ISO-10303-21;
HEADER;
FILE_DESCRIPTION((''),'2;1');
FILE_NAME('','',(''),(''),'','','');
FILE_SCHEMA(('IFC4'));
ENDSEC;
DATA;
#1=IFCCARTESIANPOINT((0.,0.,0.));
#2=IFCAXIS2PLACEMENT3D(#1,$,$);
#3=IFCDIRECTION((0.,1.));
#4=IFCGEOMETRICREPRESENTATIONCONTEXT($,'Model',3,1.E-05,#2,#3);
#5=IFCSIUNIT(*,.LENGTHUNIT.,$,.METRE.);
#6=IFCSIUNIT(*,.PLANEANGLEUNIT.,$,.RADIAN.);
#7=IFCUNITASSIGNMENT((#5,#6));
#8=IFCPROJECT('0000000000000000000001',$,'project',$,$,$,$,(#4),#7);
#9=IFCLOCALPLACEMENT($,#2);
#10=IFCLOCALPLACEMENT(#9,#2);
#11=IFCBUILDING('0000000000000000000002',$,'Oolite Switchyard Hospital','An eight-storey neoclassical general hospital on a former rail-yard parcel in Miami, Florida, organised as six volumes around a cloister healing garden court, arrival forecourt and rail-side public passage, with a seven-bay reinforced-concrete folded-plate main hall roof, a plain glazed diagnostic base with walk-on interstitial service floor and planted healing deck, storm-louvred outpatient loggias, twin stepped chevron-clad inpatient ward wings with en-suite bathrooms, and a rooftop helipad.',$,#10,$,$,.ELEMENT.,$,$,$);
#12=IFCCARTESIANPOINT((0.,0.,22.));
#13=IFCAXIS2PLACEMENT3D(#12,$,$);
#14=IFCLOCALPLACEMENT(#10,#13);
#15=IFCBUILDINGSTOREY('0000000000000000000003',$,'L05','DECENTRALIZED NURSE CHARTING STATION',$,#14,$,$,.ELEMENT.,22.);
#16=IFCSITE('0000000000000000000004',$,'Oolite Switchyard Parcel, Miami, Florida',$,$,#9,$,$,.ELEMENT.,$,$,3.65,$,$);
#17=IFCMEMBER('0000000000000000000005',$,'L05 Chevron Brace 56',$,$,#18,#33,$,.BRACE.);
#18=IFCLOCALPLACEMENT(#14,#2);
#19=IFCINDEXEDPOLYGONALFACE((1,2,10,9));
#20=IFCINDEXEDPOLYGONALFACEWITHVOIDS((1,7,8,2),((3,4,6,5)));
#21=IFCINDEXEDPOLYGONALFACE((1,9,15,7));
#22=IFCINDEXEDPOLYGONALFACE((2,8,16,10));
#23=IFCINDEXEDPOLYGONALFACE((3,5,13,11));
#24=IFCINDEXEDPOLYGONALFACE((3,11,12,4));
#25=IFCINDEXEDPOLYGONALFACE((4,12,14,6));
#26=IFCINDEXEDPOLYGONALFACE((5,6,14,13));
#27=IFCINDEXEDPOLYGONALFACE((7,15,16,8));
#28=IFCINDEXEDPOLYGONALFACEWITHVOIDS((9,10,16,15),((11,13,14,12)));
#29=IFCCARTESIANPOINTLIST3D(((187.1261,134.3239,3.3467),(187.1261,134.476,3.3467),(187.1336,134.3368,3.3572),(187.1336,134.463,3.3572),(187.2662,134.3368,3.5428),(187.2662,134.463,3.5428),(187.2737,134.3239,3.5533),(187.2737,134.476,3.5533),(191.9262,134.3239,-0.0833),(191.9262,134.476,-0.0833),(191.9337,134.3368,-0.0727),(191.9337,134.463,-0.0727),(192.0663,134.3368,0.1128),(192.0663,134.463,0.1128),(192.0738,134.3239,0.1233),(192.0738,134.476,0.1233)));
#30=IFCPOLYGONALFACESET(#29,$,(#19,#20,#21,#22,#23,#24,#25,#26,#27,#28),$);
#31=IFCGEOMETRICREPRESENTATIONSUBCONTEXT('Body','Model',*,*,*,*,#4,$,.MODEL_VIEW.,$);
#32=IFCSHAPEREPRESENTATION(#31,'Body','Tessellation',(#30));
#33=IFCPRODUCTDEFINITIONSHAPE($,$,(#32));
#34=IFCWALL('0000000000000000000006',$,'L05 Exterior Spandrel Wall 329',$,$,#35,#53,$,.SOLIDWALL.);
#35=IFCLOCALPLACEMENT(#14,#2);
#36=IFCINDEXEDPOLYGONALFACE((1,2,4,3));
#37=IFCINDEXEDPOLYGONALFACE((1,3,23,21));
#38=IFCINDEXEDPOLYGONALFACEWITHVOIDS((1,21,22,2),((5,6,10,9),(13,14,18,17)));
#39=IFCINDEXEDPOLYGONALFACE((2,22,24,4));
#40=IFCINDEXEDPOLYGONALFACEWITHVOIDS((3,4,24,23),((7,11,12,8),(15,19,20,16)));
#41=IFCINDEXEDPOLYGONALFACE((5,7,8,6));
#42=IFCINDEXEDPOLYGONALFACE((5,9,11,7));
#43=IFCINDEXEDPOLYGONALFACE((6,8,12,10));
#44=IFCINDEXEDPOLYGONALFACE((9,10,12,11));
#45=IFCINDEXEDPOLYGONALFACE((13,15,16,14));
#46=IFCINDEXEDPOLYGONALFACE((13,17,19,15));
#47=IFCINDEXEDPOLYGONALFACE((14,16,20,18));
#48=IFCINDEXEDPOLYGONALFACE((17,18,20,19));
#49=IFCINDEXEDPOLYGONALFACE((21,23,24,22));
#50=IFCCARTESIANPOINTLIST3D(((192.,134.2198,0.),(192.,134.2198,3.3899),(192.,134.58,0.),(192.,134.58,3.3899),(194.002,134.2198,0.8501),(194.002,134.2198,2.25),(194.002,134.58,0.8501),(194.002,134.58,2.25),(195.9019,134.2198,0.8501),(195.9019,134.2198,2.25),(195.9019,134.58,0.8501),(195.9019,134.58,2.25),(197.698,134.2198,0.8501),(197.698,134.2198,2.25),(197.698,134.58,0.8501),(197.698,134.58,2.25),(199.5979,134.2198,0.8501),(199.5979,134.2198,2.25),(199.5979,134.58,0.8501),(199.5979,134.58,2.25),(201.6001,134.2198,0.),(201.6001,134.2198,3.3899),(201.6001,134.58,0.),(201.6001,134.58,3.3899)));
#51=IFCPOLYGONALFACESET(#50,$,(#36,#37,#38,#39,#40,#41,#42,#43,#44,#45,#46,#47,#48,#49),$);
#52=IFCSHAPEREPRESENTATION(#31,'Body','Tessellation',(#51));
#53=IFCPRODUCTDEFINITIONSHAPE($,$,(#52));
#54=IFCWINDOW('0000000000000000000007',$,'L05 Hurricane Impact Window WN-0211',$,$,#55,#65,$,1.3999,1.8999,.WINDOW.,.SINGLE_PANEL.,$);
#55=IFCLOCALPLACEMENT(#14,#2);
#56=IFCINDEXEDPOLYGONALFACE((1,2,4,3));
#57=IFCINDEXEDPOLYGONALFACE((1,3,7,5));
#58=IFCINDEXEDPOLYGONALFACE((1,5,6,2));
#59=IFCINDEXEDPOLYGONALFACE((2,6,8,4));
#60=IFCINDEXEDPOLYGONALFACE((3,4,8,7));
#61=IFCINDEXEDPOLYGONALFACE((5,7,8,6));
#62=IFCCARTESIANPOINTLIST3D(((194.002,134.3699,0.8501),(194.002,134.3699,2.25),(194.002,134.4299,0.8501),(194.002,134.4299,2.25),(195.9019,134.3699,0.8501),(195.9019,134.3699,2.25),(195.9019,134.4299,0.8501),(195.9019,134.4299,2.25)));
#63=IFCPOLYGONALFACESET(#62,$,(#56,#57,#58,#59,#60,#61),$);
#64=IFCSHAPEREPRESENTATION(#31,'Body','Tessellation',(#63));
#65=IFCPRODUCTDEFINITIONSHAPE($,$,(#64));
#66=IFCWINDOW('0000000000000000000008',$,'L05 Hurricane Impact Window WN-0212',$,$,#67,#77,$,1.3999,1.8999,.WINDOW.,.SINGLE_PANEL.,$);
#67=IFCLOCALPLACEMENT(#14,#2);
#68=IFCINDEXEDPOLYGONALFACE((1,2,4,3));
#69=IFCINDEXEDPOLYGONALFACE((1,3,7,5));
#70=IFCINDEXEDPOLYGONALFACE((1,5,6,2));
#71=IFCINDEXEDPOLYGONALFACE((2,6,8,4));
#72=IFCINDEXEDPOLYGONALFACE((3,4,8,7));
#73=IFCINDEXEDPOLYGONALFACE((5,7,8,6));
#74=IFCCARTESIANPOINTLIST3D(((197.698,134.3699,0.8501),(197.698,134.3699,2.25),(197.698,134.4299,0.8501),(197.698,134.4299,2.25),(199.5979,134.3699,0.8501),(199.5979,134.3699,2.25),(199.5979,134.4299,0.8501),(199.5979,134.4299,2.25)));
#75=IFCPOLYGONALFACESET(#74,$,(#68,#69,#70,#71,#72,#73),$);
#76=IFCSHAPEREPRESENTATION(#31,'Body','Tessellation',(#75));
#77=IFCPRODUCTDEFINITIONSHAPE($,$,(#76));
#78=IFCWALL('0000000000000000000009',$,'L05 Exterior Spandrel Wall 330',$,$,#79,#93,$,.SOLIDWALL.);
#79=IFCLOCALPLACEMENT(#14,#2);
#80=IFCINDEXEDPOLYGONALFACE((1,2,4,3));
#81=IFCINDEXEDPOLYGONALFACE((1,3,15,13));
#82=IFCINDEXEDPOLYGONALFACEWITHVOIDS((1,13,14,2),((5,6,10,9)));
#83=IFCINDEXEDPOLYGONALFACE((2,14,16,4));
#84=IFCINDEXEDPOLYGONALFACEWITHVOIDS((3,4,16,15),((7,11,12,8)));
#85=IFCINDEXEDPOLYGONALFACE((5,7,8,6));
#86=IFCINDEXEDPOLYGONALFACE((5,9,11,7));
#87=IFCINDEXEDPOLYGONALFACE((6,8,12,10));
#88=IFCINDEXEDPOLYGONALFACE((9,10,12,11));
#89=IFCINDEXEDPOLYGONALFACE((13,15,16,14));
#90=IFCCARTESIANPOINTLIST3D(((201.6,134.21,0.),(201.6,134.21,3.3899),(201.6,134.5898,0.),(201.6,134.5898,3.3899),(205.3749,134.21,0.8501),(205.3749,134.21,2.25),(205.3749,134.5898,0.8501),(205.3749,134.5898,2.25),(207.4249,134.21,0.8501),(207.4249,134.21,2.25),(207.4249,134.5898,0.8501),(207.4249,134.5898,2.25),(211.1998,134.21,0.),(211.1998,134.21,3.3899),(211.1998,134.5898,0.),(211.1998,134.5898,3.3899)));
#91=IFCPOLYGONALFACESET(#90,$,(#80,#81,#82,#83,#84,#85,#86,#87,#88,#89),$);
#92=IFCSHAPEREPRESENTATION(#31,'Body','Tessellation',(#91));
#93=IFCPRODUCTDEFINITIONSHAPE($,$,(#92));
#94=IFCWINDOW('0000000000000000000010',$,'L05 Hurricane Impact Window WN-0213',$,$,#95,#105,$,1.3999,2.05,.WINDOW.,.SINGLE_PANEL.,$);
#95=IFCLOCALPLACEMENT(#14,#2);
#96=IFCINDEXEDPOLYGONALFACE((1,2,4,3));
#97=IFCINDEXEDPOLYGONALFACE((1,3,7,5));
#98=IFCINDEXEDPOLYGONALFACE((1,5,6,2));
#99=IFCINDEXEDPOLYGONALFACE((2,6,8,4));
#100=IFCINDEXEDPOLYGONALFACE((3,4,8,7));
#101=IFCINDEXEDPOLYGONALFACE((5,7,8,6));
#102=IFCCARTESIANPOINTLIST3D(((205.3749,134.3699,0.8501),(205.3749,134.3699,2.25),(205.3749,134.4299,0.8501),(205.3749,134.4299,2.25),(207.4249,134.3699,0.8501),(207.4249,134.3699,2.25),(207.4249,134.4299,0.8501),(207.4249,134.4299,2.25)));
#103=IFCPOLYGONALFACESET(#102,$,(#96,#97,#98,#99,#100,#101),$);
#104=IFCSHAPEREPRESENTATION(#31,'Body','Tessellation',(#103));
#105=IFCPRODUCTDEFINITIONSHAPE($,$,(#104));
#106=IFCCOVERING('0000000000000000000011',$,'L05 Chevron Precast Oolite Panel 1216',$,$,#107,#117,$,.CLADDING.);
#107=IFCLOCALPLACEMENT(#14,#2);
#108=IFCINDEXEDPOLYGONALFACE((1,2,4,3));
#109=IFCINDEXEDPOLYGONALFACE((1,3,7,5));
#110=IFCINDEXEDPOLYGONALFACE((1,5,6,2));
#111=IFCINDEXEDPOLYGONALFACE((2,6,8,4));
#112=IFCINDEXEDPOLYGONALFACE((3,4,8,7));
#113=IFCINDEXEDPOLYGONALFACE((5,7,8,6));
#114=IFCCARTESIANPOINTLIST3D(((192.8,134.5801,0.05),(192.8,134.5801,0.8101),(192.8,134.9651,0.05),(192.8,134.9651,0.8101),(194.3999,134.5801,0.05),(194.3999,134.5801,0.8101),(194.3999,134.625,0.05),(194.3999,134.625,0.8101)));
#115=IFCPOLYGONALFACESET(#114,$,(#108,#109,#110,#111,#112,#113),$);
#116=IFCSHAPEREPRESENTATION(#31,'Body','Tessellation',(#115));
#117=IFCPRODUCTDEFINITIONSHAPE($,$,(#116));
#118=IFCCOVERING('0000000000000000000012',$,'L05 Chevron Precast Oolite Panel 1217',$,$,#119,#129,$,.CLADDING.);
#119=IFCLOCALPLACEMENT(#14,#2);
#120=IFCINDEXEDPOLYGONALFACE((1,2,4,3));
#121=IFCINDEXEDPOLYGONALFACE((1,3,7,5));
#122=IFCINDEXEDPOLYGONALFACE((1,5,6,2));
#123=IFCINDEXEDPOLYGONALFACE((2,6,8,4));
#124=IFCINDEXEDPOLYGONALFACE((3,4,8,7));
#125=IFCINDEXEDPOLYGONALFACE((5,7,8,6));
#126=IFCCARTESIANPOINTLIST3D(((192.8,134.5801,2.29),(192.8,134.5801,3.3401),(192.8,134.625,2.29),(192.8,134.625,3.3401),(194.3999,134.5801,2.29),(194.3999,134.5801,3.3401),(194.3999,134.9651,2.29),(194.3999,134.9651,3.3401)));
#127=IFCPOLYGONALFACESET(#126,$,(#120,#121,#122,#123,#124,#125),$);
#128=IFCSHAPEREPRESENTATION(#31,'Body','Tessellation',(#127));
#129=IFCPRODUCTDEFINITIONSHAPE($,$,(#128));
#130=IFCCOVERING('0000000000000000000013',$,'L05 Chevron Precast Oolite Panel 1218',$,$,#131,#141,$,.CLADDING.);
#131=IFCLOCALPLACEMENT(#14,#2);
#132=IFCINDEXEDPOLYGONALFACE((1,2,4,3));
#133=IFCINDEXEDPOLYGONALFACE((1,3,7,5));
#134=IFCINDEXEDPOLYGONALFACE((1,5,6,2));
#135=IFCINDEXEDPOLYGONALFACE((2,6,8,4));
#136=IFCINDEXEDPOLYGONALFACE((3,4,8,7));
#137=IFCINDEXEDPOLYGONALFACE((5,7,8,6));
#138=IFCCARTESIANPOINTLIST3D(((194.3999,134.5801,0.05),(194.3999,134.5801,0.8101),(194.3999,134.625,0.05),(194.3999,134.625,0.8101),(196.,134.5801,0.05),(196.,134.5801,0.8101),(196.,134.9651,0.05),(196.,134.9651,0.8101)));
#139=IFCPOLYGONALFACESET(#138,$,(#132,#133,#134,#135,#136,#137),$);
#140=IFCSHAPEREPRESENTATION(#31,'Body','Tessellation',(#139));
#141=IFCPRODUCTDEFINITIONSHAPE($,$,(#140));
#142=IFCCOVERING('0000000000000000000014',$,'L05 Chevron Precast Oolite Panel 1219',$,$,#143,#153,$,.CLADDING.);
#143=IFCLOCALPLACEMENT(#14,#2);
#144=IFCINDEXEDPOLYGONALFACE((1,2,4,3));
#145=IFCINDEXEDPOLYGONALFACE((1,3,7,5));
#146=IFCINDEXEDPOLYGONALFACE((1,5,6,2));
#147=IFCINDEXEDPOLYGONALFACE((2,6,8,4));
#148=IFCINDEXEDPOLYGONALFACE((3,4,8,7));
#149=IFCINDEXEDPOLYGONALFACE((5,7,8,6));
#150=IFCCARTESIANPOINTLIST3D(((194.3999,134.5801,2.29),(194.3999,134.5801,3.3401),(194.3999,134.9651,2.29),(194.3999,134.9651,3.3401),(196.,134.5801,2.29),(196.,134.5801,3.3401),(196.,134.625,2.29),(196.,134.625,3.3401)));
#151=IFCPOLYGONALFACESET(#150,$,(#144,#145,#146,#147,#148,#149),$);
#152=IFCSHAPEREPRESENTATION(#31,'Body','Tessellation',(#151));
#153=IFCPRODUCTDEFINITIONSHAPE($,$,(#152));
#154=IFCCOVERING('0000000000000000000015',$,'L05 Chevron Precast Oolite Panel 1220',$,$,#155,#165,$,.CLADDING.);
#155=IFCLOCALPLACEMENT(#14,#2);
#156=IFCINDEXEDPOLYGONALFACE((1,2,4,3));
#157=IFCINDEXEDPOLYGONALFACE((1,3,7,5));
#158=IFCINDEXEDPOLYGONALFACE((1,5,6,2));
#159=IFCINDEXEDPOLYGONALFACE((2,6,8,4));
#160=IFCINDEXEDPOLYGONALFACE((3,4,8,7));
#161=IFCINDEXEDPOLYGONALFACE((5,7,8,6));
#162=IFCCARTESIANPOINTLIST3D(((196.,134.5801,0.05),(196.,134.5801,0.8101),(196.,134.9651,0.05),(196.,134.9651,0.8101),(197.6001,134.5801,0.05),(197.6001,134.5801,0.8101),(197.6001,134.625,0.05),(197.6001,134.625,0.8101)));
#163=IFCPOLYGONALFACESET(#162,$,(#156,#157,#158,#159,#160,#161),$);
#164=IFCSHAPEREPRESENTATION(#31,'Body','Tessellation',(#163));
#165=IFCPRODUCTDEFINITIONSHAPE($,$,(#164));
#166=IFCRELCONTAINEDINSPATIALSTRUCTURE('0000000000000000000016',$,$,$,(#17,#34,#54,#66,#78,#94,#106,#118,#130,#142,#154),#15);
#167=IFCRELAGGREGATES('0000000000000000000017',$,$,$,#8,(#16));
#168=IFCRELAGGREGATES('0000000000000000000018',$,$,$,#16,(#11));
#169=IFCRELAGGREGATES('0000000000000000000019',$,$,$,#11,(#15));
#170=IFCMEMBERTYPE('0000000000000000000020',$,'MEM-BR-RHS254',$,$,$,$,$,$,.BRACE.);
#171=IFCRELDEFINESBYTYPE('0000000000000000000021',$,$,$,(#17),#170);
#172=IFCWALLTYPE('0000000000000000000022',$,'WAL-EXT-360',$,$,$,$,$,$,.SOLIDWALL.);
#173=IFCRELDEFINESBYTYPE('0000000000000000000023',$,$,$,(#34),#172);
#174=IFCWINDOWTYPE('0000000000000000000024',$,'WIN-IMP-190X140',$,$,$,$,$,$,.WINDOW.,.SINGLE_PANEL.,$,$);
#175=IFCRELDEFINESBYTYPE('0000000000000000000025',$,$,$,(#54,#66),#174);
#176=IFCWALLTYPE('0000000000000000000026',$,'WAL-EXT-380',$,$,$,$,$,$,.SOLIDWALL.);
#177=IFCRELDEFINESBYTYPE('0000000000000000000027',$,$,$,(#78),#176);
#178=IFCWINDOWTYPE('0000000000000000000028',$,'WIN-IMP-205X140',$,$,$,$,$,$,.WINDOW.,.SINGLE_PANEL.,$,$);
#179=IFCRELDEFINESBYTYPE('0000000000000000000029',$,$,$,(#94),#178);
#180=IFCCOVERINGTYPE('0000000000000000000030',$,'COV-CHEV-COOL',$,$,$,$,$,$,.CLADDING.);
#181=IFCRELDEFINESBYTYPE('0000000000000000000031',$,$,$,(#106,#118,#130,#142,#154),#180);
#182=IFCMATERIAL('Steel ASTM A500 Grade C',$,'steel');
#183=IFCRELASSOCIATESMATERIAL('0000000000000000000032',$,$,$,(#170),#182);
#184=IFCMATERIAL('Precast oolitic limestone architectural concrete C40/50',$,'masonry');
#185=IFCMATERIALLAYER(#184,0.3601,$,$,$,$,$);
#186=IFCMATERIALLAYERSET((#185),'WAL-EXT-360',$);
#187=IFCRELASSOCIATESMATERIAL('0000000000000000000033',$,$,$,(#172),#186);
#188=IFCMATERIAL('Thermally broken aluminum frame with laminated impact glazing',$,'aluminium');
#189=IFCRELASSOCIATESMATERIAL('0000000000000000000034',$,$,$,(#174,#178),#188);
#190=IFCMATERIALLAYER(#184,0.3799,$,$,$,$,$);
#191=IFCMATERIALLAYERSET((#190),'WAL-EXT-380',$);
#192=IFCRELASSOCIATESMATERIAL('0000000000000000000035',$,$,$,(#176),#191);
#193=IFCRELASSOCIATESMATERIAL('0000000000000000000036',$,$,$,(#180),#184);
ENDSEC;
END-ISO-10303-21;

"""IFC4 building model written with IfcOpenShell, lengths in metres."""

from ifc_helpers import new_model, si_unit, direction, frame, frame_2d, origin, origin_2d, place, context, subcontext, project, spatial, polyline, rectangle, hollow_rectangle, outline, extrude, material, layer, layer_set, material_profile, profile_set, type_object, element, fill, save


model = new_model("IFC4")

# Units and contexts
model_context = context("Model", 3, precision=1e-05, world=origin(), true_north=direction((0.0, 1.0)))
body_context = subcontext(model_context, "Body", "Model", "MODEL_VIEW")
ifc_project = project(units=[si_unit("LENGTHUNIT", "METRE"), si_unit("PLANEANGLEUNIT", "RADIAN")], contexts=[model_context])

# Site, building, storey
site_placement = place(None, origin())
site = spatial("IfcSite", under=ifc_project, at=site_placement, Name="Oolite Switchyard Parcel, Miami, Florida", CompositionType="ELEMENT", RefElevation=3.65)
building_placement = place(site_placement, origin())
building = spatial("IfcBuilding", under=site, at=building_placement, Name="Oolite Switchyard Hospital", Description="An eight-storey neoclassical general hospital on a former rail-yard parcel in Miami, Florida, organised as six volumes around a cloister healing garden court, arrival forecourt and rail-side public passage, with a seven-bay reinforced-concrete folded-plate main hall roof, a plain glazed diagnostic base with walk-on interstitial service floor and planted healing deck, storm-louvred outpatient loggias, twin stepped chevron-clad inpatient ward wings with en-suite bathrooms, and a rooftop helipad.", CompositionType="ELEMENT")
storey_placement = place(building_placement, frame((0.0, 0.0, 22.0)))
storey = spatial("IfcBuildingStorey", under=building, at=storey_placement, Name="L05", Description="DECENTRALIZED NURSE CHARTING STATION", CompositionType="ELEMENT", Elevation=22.0)

# Member
ifc_material_1 = material(Name="Steel ASTM A500 Grade C", Category="steel")
ifc_material_profile_1 = material_profile(ifc_material_1, hollow_rectangle(XDim=0.1521, YDim=0.2539, WallThickness=0.0129, at=origin_2d()), Name="HSS254X152X13")
ifc_profile_set_1 = profile_set([ifc_material_profile_1], Name="Steel ASTM A500 Grade C")
member_type = type_object("IfcMemberType", Name="MEM-BR-RHS254", PredefinedType="BRACE", material=ifc_profile_set_1)
member_placement = place(storey_placement, frame((192.0, 134.3999, 0.02), z_axis=(-0.813627, 0.0, 0.581387), x_axis=(0.0, -1.0, 0.0)))
element("IfcMember", 1, at=member_placement, inside=storey, type_object=member_type, Name="L05 Chevron Brace 56", PredefinedType="BRACE", context=body_context, shape_type="SweptSolid", body=[
    extrude(hollow_rectangle(XDim=0.1521, YDim=0.2539, WallThickness=0.0129, at=origin_2d()), origin(), (0.0, 0.0, 1.0), 5.8997),
])

# Wall, openings, windows
ifc_material_2 = material(Name="Precast oolitic limestone architectural concrete C40/50", Category="masonry")
ifc_layer_1 = layer(ifc_material_2, 0.3601)
ifc_layer_set_1 = layer_set([ifc_layer_1], Name="WAL-EXT-360")
wall_type_1 = type_object("IfcWallType", Name="WAL-EXT-360", PredefinedType="SOLIDWALL", material=ifc_layer_set_1)
wall_1_placement = place(storey_placement, frame((192.0, 134.3999, 0.0), z_axis=(0.0, 0.0, 1.0), x_axis=(1.0, 0.0, 0.0)))
wall_1 = element("IfcWall", 2, at=wall_1_placement, inside=storey, type_object=wall_type_1, Name="L05 Exterior Spandrel Wall 329", PredefinedType="SOLIDWALL", context=body_context, shape_type="SweptSolid", body=[
    extrude(rectangle(XDim=9.6001, YDim=0.3601, at=frame_2d((4.8, 0.0))), origin(), (0.0, 0.0, 1.0), 3.3899),
])
opening_1_placement = place(wall_1_placement, frame((2.002, 0.0, 0.8501)))
opening_1 = element("IfcOpeningElement", 3, at=opening_1_placement, cuts=wall_1, PredefinedType="OPENING", context=body_context, shape_type="SweptSolid", body=[
    extrude(rectangle(XDim=1.8999, YDim=1.3999, at=frame_2d((0.95, 0.7))), frame((0.0, 0.1899, 0.0), z_axis=(0.0, -1.0, 0.0), x_axis=(1.0, 0.0, 0.0)), (0.0, 0.0, 1.0), 0.3801),
])
opening_2_placement = place(wall_1_placement, frame((5.698, 0.0, 0.8501)))
opening_2 = element("IfcOpeningElement", 4, at=opening_2_placement, cuts=wall_1, PredefinedType="OPENING", context=body_context, shape_type="SweptSolid", body=[
    extrude(rectangle(XDim=1.8999, YDim=1.3999, at=frame_2d((0.95, 0.7))), frame((0.0, 0.1899, 0.0), z_axis=(0.0, -1.0, 0.0), x_axis=(1.0, 0.0, 0.0)), (0.0, 0.0, 1.0), 0.3801),
])
ifc_material_3 = material(Name="Thermally broken aluminum frame with laminated impact glazing", Category="aluminium")
window_type_1 = type_object("IfcWindowType", Name="WIN-IMP-190X140", PartitioningType="SINGLE_PANEL", PredefinedType="WINDOW", material=ifc_material_3)
window_1_placement = place(opening_1_placement, origin())
window_1 = element("IfcWindow", 5, at=window_1_placement, inside=storey, type_object=window_type_1, Name="L05 Hurricane Impact Window WN-0211", OverallHeight=1.3999, OverallWidth=1.8999, PartitioningType="SINGLE_PANEL", PredefinedType="WINDOW", context=body_context, shape_type="SweptSolid", body=[
    extrude(rectangle(XDim=1.8999, YDim=1.3999, at=frame_2d((0.95, 0.7))), frame((0.0, 0.03, 0.0), z_axis=(0.0, -1.0, 0.0), x_axis=(1.0, 0.0, 0.0)), (0.0, 0.0, 1.0), 0.0601),
])
fill(opening_1, window_1)
window_2_placement = place(opening_2_placement, origin())
window_2 = element("IfcWindow", 6, at=window_2_placement, inside=storey, type_object=window_type_1, Name="L05 Hurricane Impact Window WN-0212", OverallHeight=1.3999, OverallWidth=1.8999, PartitioningType="SINGLE_PANEL", PredefinedType="WINDOW", context=body_context, shape_type="SweptSolid", body=[
    extrude(rectangle(XDim=1.8999, YDim=1.3999, at=frame_2d((0.95, 0.7))), frame((0.0, 0.03, 0.0), z_axis=(0.0, -1.0, 0.0), x_axis=(1.0, 0.0, 0.0)), (0.0, 0.0, 1.0), 0.0601),
])
fill(opening_2, window_2)

# Wall, opening, window
ifc_layer_2 = layer(ifc_material_2, 0.3799)
ifc_layer_set_2 = layer_set([ifc_layer_2], Name="WAL-EXT-380")
wall_type_2 = type_object("IfcWallType", Name="WAL-EXT-380", PredefinedType="SOLIDWALL", material=ifc_layer_set_2)
wall_2_placement = place(storey_placement, frame((201.6001, 134.3999, 0.0), z_axis=(0.0, 0.0, 1.0), x_axis=(1.0, 0.0, 0.0)))
wall_2 = element("IfcWall", 7, at=wall_2_placement, inside=storey, type_object=wall_type_2, Name="L05 Exterior Spandrel Wall 330", PredefinedType="SOLIDWALL", context=body_context, shape_type="SweptSolid", body=[
    extrude(rectangle(XDim=9.5999, YDim=0.3799, at=frame_2d((4.7998, 0.0))), origin(), (0.0, 0.0, 1.0), 3.3899),
])
opening_3_placement = place(wall_2_placement, frame((3.7749, 0.0, 0.8501)))
opening_3 = element("IfcOpeningElement", 8, at=opening_3_placement, cuts=wall_2, PredefinedType="OPENING", context=body_context, shape_type="SweptSolid", body=[
    extrude(rectangle(XDim=2.05, YDim=1.3999, at=frame_2d((1.0249, 0.7))), frame((0.0, 0.2, 0.0), z_axis=(0.0, -1.0, 0.0), x_axis=(1.0, 0.0, 0.0)), (0.0, 0.0, 1.0), 0.3999),
])
window_type_2 = type_object("IfcWindowType", Name="WIN-IMP-205X140", PartitioningType="SINGLE_PANEL", PredefinedType="WINDOW", material=ifc_material_3)
window_3_placement = place(opening_3_placement, origin())
window_3 = element("IfcWindow", 9, at=window_3_placement, inside=storey, type_object=window_type_2, Name="L05 Hurricane Impact Window WN-0213", OverallHeight=1.3999, OverallWidth=2.05, PartitioningType="SINGLE_PANEL", PredefinedType="WINDOW", context=body_context, shape_type="SweptSolid", body=[
    extrude(rectangle(XDim=2.05, YDim=1.3999, at=frame_2d((1.0249, 0.7))), frame((0.0, 0.03, 0.0), z_axis=(0.0, -1.0, 0.0), x_axis=(1.0, 0.0, 0.0)), (0.0, 0.0, 1.0), 0.0601),
])
fill(opening_3, window_3)

# Coverings
covering_type = type_object("IfcCoveringType", Name="COV-CHEV-COOL", PredefinedType="CLADDING", material=ifc_material_2)
covering_1_placement = place(storey_placement, frame((192.8, 134.5801, 0.05), z_axis=(0.0, 0.0, 1.0), x_axis=(1.0, 0.0, 0.0)))
element("IfcCovering", 10, at=covering_1_placement, inside=storey, type_object=covering_type, Name="L05 Chevron Precast Oolite Panel 1216", PredefinedType="CLADDING", context=body_context, shape_type="SweptSolid", body=[
    extrude(outline(polyline([(0.0, 0.0), (1.5999, 0.0), (1.5999, 0.0449), (0.0, 0.385), (0.0, 0.0)])), origin(), (0.0, 0.0, 1.0), 0.76),
])
covering_2_placement = place(storey_placement, frame((192.8, 134.5801, 2.29), z_axis=(0.0, 0.0, 1.0), x_axis=(1.0, 0.0, 0.0)))
element("IfcCovering", 11, at=covering_2_placement, inside=storey, type_object=covering_type, Name="L05 Chevron Precast Oolite Panel 1217", PredefinedType="CLADDING", context=body_context, shape_type="SweptSolid", body=[
    extrude(outline(polyline([(0.0, 0.0), (1.5999, 0.0), (1.5999, 0.385), (0.0, 0.0449), (0.0, 0.0)])), origin(), (0.0, 0.0, 1.0), 1.05),
])
covering_3_placement = place(storey_placement, frame((194.3999, 134.5801, 0.05), z_axis=(0.0, 0.0, 1.0), x_axis=(1.0, 0.0, 0.0)))
element("IfcCovering", 12, at=covering_3_placement, inside=storey, type_object=covering_type, Name="L05 Chevron Precast Oolite Panel 1218", PredefinedType="CLADDING", context=body_context, shape_type="SweptSolid", body=[
    extrude(outline(polyline([(0.0, 0.0), (1.6001, 0.0), (1.6001, 0.385), (0.0, 0.0449), (0.0, 0.0)])), origin(), (0.0, 0.0, 1.0), 0.76),
])
covering_4_placement = place(storey_placement, frame((194.3999, 134.5801, 2.29), z_axis=(0.0, 0.0, 1.0), x_axis=(1.0, 0.0, 0.0)))
element("IfcCovering", 13, at=covering_4_placement, inside=storey, type_object=covering_type, Name="L05 Chevron Precast Oolite Panel 1219", PredefinedType="CLADDING", context=body_context, shape_type="SweptSolid", body=[
    extrude(outline(polyline([(0.0, 0.0), (1.6001, 0.0), (1.6001, 0.0449), (0.0, 0.385), (0.0, 0.0)])), origin(), (0.0, 0.0, 1.0), 1.05),
])
covering_5_placement = place(storey_placement, frame((196.0, 134.5801, 0.05), z_axis=(0.0, 0.0, 1.0), x_axis=(1.0, 0.0, 0.0)))
element("IfcCovering", 14, at=covering_5_placement, inside=storey, type_object=covering_type, Name="L05 Chevron Precast Oolite Panel 1220", PredefinedType="CLADDING", context=body_context, shape_type="SweptSolid", body=[
    extrude(outline(polyline([(0.0, 0.0), (1.6001, 0.0), (1.6001, 0.0449), (0.0, 0.385), (0.0, 0.0)])), origin(), (0.0, 0.0, 1.0), 0.76),
])

save(model, "model.ifc")
